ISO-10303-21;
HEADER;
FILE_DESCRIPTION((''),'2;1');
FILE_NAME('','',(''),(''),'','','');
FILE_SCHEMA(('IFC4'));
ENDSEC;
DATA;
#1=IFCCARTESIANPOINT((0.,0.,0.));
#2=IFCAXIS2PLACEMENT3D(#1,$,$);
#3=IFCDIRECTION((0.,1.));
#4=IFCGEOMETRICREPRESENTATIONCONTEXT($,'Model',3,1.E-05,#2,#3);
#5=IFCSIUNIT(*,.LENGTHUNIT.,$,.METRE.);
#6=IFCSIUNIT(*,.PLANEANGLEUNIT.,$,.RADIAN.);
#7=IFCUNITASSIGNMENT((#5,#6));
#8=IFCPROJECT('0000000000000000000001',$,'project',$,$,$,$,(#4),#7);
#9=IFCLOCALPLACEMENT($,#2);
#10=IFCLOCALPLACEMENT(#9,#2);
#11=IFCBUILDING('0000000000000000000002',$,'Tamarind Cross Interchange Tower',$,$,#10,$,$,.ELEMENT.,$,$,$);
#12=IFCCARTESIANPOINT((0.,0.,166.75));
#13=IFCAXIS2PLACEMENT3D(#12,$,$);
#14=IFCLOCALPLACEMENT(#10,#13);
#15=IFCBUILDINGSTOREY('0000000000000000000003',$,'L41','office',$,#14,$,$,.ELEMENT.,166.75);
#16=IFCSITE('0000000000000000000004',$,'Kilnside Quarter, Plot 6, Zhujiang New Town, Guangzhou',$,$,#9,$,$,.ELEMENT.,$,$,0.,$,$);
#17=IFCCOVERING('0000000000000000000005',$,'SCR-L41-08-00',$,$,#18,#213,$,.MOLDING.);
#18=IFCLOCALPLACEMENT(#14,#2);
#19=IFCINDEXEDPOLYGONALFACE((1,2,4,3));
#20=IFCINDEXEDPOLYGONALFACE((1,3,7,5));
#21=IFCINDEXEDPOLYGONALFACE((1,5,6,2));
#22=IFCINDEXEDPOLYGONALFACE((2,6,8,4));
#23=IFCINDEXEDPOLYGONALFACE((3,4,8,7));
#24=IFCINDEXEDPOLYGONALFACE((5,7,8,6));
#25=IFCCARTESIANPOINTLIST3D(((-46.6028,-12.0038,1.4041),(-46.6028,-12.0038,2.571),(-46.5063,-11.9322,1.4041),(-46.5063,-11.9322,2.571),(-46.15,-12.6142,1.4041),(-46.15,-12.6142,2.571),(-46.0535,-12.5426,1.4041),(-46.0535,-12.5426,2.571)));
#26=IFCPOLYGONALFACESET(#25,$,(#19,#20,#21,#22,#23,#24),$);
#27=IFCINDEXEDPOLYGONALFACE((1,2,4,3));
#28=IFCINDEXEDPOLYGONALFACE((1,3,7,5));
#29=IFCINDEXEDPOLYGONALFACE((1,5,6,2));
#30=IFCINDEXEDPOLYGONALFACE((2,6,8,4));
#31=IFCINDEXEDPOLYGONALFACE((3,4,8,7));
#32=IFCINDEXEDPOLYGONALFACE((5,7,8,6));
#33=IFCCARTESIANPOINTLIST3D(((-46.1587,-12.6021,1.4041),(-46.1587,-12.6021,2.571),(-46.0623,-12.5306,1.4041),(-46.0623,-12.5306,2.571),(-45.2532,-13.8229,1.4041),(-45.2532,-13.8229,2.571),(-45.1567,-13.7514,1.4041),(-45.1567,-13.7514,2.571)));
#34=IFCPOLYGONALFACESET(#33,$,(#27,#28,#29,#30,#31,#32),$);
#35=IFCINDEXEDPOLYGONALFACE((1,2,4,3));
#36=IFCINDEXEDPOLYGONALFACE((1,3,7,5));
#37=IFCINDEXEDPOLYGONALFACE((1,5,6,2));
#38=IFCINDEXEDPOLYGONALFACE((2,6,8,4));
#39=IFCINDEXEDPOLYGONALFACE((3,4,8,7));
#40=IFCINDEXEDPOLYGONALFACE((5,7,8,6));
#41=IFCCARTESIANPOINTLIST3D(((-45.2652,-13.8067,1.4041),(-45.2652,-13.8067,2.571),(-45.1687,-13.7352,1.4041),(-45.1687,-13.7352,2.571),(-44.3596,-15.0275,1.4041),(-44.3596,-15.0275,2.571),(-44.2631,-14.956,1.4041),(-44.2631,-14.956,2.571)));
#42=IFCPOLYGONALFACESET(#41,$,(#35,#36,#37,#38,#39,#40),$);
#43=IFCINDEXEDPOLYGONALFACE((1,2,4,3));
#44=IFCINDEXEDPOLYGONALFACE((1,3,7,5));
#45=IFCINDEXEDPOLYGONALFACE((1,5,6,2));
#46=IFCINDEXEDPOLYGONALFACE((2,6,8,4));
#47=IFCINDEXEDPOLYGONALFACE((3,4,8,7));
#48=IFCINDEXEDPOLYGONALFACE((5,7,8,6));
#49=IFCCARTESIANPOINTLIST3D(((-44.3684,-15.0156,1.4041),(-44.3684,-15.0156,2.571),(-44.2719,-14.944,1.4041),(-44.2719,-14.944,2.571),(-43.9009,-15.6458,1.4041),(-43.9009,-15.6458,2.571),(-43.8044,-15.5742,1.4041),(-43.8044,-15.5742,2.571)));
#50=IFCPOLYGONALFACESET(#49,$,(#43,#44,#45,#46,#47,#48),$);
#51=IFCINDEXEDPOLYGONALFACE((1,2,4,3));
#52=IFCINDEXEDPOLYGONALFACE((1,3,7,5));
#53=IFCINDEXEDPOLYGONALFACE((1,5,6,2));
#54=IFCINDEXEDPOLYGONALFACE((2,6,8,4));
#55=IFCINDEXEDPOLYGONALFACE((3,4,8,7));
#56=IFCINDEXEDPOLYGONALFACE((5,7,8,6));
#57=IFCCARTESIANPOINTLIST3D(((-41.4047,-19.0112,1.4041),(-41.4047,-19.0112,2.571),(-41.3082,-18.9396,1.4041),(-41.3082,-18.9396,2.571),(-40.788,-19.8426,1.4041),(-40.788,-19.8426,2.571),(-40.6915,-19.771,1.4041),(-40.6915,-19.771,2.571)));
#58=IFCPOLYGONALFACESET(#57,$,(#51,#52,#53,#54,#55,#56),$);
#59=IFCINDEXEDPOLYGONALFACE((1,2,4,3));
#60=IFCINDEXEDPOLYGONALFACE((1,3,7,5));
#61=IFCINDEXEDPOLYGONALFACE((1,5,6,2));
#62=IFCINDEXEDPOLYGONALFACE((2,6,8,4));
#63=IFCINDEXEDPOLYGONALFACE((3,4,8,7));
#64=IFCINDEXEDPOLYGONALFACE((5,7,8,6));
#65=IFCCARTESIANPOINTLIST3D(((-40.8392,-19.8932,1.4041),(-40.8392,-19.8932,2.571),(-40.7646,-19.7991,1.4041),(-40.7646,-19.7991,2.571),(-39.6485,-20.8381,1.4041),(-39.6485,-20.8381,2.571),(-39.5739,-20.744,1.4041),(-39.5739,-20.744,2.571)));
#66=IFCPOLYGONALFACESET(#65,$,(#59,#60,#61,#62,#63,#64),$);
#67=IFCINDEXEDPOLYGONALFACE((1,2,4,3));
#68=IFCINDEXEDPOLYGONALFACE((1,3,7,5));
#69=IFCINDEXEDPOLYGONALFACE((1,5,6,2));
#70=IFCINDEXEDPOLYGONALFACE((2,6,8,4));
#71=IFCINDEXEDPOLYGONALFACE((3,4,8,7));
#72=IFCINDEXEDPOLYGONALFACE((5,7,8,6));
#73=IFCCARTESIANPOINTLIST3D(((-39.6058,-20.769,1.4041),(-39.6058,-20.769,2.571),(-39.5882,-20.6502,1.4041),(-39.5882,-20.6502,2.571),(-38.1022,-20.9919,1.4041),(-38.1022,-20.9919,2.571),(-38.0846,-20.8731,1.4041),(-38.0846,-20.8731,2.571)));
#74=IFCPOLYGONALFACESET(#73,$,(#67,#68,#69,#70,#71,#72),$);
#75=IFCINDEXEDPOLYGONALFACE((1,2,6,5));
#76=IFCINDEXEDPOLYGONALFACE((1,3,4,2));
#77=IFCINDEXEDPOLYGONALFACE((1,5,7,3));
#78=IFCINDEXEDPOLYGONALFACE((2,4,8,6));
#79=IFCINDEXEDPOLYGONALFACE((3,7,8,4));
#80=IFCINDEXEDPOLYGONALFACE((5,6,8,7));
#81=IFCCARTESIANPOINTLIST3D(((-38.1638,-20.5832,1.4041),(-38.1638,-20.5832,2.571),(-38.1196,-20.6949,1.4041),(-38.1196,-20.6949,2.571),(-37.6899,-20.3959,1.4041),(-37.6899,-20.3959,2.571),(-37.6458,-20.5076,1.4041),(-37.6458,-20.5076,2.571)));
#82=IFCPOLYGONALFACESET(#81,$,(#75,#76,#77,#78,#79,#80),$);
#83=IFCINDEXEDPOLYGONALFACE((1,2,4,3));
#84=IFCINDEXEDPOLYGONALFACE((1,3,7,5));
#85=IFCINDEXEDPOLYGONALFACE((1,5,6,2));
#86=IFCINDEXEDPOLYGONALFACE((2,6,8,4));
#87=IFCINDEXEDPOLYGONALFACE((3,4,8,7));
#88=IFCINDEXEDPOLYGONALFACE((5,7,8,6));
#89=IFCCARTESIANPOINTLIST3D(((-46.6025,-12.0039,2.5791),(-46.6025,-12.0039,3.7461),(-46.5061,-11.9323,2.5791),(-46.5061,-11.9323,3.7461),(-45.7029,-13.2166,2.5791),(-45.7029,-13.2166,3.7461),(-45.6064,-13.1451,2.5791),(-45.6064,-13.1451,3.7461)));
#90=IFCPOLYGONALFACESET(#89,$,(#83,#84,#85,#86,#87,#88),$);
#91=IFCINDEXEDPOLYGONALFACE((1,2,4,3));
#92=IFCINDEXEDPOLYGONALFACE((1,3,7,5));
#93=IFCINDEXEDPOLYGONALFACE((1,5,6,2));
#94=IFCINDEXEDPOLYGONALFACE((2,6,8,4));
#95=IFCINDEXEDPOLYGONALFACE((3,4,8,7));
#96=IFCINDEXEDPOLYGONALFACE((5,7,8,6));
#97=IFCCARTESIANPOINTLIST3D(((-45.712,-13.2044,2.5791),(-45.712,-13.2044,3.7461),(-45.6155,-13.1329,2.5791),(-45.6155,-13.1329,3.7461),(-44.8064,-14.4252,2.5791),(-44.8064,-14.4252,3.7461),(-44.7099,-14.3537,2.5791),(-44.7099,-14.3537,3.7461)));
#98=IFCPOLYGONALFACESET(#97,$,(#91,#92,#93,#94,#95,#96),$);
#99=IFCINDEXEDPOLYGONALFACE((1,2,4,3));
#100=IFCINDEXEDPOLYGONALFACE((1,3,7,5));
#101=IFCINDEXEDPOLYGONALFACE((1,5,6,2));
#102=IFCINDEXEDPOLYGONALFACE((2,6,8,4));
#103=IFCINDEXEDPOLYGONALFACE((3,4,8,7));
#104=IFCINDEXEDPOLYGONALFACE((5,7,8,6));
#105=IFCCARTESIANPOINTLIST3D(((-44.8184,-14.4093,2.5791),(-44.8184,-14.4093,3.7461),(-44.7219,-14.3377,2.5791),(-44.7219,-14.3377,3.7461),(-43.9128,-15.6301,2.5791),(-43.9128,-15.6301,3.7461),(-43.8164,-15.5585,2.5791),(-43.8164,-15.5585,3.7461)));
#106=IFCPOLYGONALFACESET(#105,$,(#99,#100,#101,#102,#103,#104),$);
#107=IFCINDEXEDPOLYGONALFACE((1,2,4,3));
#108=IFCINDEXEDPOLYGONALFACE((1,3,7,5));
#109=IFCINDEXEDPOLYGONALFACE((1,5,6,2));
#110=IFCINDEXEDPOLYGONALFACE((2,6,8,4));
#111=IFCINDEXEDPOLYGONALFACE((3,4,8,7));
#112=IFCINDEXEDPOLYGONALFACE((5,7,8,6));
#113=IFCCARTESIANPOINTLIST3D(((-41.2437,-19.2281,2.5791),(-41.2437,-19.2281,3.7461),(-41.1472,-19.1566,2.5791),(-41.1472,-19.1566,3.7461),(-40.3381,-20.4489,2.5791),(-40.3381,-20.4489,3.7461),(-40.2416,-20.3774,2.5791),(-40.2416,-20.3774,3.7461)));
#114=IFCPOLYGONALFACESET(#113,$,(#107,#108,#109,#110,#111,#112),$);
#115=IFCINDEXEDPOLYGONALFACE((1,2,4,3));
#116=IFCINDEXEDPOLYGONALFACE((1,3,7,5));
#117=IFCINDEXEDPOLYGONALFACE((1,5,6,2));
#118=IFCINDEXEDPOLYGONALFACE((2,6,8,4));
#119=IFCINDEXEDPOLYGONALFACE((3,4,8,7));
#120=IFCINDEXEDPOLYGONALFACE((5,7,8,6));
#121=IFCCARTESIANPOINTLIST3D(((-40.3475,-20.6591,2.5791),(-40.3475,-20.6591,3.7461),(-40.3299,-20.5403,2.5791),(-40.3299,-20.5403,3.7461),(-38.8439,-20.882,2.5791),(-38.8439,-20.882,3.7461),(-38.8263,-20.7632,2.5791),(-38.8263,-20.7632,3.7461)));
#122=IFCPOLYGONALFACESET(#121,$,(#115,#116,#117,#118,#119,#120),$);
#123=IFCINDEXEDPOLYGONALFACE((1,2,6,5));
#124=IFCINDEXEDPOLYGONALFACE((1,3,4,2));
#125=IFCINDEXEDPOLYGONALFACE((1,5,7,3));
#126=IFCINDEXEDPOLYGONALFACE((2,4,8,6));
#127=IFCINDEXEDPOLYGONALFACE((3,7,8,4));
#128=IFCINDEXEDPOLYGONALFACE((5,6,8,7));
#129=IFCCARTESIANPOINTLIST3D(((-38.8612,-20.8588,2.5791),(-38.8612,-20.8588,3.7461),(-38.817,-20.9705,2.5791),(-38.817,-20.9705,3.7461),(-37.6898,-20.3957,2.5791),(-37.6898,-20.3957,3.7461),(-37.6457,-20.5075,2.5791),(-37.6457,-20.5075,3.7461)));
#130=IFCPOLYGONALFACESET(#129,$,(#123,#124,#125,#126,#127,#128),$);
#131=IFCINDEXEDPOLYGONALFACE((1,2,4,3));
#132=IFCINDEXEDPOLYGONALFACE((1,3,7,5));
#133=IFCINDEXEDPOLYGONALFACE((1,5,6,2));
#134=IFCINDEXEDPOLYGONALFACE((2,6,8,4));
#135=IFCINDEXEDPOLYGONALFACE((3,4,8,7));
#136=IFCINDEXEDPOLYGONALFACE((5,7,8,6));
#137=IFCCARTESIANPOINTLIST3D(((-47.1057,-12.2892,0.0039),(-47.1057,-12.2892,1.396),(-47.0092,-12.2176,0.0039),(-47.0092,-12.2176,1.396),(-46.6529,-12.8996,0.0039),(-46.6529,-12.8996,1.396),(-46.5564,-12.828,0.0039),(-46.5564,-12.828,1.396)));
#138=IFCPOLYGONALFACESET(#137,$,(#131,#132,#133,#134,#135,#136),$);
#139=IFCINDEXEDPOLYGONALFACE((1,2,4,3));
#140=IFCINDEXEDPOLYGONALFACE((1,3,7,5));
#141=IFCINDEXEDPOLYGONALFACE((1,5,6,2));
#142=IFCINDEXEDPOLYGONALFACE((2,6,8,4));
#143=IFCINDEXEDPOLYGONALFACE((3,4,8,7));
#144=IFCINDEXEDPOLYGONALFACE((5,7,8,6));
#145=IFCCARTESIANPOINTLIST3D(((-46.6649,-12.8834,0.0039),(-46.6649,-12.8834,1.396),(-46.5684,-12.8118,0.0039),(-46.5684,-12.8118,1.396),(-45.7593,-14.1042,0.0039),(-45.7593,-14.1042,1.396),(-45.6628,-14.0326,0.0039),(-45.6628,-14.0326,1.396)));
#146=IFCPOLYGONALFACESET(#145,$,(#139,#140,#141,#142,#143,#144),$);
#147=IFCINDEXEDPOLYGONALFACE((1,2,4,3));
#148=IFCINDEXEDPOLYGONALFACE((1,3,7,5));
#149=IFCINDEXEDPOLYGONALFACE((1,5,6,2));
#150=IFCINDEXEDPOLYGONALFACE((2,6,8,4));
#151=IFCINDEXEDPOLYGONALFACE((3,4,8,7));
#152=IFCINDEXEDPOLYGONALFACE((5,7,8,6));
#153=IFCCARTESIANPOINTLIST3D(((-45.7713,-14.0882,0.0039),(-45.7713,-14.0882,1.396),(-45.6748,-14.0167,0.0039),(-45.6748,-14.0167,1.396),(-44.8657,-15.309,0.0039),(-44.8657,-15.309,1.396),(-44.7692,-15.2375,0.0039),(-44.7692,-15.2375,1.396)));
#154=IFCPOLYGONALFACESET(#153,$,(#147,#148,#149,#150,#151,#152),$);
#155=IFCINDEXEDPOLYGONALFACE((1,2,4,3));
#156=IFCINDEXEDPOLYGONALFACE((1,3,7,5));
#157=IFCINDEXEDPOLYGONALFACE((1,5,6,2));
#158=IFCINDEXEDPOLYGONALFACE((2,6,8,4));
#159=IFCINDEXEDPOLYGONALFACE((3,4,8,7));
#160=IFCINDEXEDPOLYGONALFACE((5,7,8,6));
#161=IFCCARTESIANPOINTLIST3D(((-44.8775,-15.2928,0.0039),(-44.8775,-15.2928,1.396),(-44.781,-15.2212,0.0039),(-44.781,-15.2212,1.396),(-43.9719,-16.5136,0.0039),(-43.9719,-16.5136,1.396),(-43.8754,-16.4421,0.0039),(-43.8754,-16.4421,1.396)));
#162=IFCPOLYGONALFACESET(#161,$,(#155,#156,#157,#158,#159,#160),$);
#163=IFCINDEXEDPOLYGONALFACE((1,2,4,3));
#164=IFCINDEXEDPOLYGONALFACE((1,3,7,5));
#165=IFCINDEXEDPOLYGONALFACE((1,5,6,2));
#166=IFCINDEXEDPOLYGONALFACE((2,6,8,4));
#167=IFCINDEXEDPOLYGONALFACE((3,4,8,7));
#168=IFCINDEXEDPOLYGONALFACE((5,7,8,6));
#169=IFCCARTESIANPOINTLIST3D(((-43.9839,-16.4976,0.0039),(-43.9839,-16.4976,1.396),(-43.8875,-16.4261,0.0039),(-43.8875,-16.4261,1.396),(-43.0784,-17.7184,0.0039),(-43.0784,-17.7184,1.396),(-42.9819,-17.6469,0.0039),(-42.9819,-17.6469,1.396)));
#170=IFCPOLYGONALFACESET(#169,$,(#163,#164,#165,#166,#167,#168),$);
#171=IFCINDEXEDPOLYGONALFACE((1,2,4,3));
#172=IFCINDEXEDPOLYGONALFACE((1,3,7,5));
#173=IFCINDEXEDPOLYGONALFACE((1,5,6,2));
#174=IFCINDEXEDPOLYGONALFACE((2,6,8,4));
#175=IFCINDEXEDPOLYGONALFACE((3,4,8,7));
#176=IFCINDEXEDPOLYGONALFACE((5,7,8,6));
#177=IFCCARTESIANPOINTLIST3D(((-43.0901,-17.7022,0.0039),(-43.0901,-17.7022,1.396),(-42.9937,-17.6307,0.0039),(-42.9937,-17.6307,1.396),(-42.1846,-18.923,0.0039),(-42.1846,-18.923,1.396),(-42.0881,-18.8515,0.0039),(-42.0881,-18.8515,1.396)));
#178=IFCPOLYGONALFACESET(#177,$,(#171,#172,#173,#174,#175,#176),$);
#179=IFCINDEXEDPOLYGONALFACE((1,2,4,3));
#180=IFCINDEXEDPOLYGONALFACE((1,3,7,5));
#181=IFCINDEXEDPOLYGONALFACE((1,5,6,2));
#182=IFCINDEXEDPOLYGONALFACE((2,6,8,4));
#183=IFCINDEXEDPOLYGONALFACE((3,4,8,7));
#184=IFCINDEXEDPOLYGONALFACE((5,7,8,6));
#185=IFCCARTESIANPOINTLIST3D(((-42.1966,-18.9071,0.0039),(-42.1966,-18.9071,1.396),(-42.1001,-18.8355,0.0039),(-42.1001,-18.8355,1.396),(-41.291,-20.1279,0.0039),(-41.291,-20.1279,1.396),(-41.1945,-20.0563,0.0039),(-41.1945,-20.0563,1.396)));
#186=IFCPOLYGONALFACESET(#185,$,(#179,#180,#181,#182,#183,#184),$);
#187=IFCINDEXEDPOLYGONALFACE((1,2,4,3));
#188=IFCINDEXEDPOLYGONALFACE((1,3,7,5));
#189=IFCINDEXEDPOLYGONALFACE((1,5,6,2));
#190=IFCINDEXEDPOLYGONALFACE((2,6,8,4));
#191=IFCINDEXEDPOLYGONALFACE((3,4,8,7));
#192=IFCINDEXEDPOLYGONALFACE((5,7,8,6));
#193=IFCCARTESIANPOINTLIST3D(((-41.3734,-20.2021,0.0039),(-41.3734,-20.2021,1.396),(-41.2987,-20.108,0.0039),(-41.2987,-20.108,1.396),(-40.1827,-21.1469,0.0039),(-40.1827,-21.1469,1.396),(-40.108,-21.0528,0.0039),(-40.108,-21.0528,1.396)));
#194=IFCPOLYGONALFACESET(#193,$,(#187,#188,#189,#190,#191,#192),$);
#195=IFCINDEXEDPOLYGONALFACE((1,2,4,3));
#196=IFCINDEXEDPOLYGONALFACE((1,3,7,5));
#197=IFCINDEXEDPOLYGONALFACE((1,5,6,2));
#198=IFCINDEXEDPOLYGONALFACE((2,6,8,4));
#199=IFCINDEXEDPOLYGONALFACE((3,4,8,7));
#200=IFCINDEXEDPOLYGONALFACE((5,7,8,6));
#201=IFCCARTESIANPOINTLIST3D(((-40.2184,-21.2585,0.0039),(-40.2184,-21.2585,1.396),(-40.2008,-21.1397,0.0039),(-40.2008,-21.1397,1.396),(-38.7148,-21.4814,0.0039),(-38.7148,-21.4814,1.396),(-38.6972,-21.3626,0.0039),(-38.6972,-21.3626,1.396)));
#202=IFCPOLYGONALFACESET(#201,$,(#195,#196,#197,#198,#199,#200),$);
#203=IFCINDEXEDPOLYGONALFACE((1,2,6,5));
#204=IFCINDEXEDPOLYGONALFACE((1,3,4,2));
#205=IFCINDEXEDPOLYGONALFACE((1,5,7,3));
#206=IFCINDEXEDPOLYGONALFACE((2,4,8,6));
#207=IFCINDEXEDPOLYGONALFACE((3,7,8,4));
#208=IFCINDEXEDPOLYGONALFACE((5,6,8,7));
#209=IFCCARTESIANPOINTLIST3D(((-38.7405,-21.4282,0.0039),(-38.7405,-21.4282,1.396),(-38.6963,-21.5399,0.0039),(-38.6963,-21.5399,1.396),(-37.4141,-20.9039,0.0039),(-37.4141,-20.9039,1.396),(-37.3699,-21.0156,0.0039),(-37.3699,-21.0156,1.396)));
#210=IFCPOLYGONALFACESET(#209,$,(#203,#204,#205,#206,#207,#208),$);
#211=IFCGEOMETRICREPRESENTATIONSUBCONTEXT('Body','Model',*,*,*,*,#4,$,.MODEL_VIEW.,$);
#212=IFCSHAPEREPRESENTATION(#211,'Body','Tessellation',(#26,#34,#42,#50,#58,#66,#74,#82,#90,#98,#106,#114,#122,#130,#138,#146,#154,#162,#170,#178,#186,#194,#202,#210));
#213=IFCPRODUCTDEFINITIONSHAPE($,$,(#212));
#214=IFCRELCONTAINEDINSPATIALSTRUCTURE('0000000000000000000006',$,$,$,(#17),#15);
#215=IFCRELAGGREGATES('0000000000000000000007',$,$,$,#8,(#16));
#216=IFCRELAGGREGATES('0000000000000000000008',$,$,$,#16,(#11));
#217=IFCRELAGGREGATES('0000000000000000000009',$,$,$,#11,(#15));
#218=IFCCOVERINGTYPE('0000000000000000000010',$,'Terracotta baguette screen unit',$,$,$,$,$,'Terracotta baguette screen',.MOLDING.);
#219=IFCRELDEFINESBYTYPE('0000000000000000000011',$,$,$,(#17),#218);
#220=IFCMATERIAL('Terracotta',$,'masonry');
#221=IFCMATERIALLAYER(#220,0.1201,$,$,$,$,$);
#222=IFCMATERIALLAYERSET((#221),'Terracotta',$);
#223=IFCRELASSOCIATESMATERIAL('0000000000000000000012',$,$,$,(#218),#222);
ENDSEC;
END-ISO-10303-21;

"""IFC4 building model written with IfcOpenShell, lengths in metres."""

from ifc_helpers import new_model, si_unit, direction, frame, origin, origin_2d, place, context, subcontext, project, spatial, rectangle, extrude, material, layer, layer_set, type_object, element, save


model = new_model("IFC4")

# Units and contexts
model_context = context("Model", 3, precision=1e-05, world=origin(), true_north=direction((0.0, 1.0)))
body_context = subcontext(model_context, "Body", "Model", "MODEL_VIEW")
ifc_project = project(units=[si_unit("LENGTHUNIT", "METRE"), si_unit("PLANEANGLEUNIT", "RADIAN")], contexts=[model_context])

# Site, building, storey
site_placement = place(None, origin())
site = spatial("IfcSite", under=ifc_project, at=site_placement, Name="Kilnside Quarter, Plot 6, Zhujiang New Town, Guangzhou", CompositionType="ELEMENT", RefElevation=0.0)
building_placement = place(site_placement, origin())
building = spatial("IfcBuilding", under=site, at=building_placement, Name="Tamarind Cross Interchange Tower", CompositionType="ELEMENT")
storey_placement = place(building_placement, frame((0.0, 0.0, 166.75)))
storey = spatial("IfcBuildingStorey", under=building, at=storey_placement, Name="L41", Description="office", CompositionType="ELEMENT", Elevation=166.75)

# Covering
ifc_material_1 = material(Name="Terracotta", Category="masonry")
ifc_layer_1 = layer(ifc_material_1, 0.1201)
ifc_layer_set_1 = layer_set([ifc_layer_1], Name="Terracotta")
covering_type = type_object("IfcCoveringType", Name="Terracotta baguette screen unit", ElementType="Terracotta baguette screen", PredefinedType="MOLDING", material=ifc_layer_set_1)
covering_1_placement = place(storey_placement, origin())
element("IfcCovering", 1, at=covering_1_placement, inside=storey, type_object=covering_type, Name="SCR-L41-08-00", PredefinedType="MOLDING", context=body_context, shape_type="SweptSolid", body=[
    extrude(rectangle(XDim=0.76, YDim=0.1201, at=origin_2d()), frame((-46.3281, -12.2732, 1.4041), z_axis=(0.0, 0.0, 1.0), x_axis=(0.595776, -0.80315, 0.0)), (0.0, 0.0, 1.0), 1.167),
    extrude(rectangle(XDim=1.52, YDim=0.1201, at=origin_2d()), frame((-45.6577, -13.1768, 1.4041), z_axis=(0.0, 0.0, 1.0), x_axis=(0.595776, -0.80315, 0.0)), (0.0, 0.0, 1.0), 1.167),
    extrude(rectangle(XDim=1.52, YDim=0.1201, at=origin_2d()), frame((-44.7642, -14.3813, 1.4041), z_axis=(0.0, 0.0, 1.0), x_axis=(0.595776, -0.80315, 0.0)), (0.0, 0.0, 1.0), 1.167),
    extrude(rectangle(XDim=0.7847, YDim=0.1201, at=origin_2d()), frame((-44.0864, -15.2949, 1.4041), z_axis=(0.0, 0.0, 1.0), x_axis=(0.595776, -0.80315, 0.0)), (0.0, 0.0, 1.0), 1.167),
    extrude(rectangle(XDim=1.0352, YDim=0.1201, at=origin_2d()), frame((-41.0481, -19.3911, 1.4041), z_axis=(0.0, 0.0, 1.0), x_axis=(0.595776, -0.80315, 0.0)), (0.0, 0.0, 1.0), 1.167),
    extrude(rectangle(XDim=1.52, YDim=0.1201, at=origin_2d()), frame((-40.2065, -20.3186, 1.4041), z_axis=(0.0, 0.0, 1.0), x_axis=(0.783346, -0.621585, 0.0)), (0.0, 0.0, 1.0), 1.167),
    extrude(rectangle(XDim=1.52, YDim=0.1201, at=origin_2d()), frame((-38.8452, -20.821, 1.4041), z_axis=(0.0, 0.0, 1.0), x_axis=(0.989191, -0.146636, 0.0)), (0.0, 0.0, 1.0), 1.167),
    extrude(rectangle(XDim=0.5095, YDim=0.1201, at=origin_2d()), frame((-37.9048, -20.5454, 1.4041), z_axis=(0.0, 0.0, 1.0), x_axis=(0.929982, 0.367605, 0.0)), (0.0, 0.0, 1.0), 1.167),
    extrude(rectangle(XDim=1.51, YDim=0.1201, at=origin_2d()), frame((-46.1045, -12.5745, 2.5791), z_axis=(0.0, 0.0, 1.0), x_axis=(0.595776, -0.80315, 0.0)), (0.0, 0.0, 1.0), 1.167),
    extrude(rectangle(XDim=1.52, YDim=0.1201, at=origin_2d()), frame((-45.2109, -13.7791, 2.5791), z_axis=(0.0, 0.0, 1.0), x_axis=(0.595776, -0.80315, 0.0)), (0.0, 0.0, 1.0), 1.167),
    extrude(rectangle(XDim=1.52, YDim=0.1201, at=origin_2d()), frame((-44.3174, -14.9839, 2.5791), z_axis=(0.0, 0.0, 1.0), x_axis=(0.595776, -0.80315, 0.0)), (0.0, 0.0, 1.0), 1.167),
    extrude(rectangle(XDim=1.52, YDim=0.1201, at=origin_2d()), frame((-40.7427, -19.8027, 2.5791), z_axis=(0.0, 0.0, 1.0), x_axis=(0.595776, -0.80315, 0.0)), (0.0, 0.0, 1.0), 1.167),
    extrude(rectangle(XDim=1.52, YDim=0.1201, at=origin_2d()), frame((-39.5869, -20.7112, 2.5791), z_axis=(0.0, 0.0, 1.0), x_axis=(0.989191, -0.146636, 0.0)), (0.0, 0.0, 1.0), 1.167),
    extrude(rectangle(XDim=1.2595, YDim=0.1201, at=origin_2d()), frame((-38.2534, -20.6831, 2.5791), z_axis=(0.0, 0.0, 1.0), x_axis=(0.929982, 0.367605, 0.0)), (0.0, 0.0, 1.0), 1.167),
    extrude(rectangle(XDim=0.76, YDim=0.1201, at=origin_2d()), frame((-46.8311, -12.5586, 0.0039), z_axis=(0.0, 0.0, 1.0), x_axis=(0.595776, -0.80315, 0.0)), (0.0, 0.0, 1.0), 1.3921),
    extrude(rectangle(XDim=1.52, YDim=0.1201, at=origin_2d()), frame((-46.1638, -13.458, 0.0039), z_axis=(0.0, 0.0, 1.0), x_axis=(0.595776, -0.80315, 0.0)), (0.0, 0.0, 1.0), 1.3921),
    extrude(rectangle(XDim=1.52, YDim=0.1201, at=origin_2d()), frame((-45.2703, -14.6628, 0.0039), z_axis=(0.0, 0.0, 1.0), x_axis=(0.595776, -0.80315, 0.0)), (0.0, 0.0, 1.0), 1.3921),
    extrude(rectangle(XDim=1.52, YDim=0.1201, at=origin_2d()), frame((-44.3765, -15.8674, 0.0039), z_axis=(0.0, 0.0, 1.0), x_axis=(0.595776, -0.80315, 0.0)), (0.0, 0.0, 1.0), 1.3921),
    extrude(rectangle(XDim=1.52, YDim=0.1201, at=origin_2d()), frame((-43.4829, -17.0723, 0.0039), z_axis=(0.0, 0.0, 1.0), x_axis=(0.595776, -0.80315, 0.0)), (0.0, 0.0, 1.0), 1.3921),
    extrude(rectangle(XDim=1.52, YDim=0.1201, at=origin_2d()), frame((-42.5891, -18.2769, 0.0039), z_axis=(0.0, 0.0, 1.0), x_axis=(0.595776, -0.80315, 0.0)), (0.0, 0.0, 1.0), 1.3921),
    extrude(rectangle(XDim=1.52, YDim=0.1201, at=origin_2d()), frame((-41.6956, -19.4817, 0.0039), z_axis=(0.0, 0.0, 1.0), x_axis=(0.595776, -0.80315, 0.0)), (0.0, 0.0, 1.0), 1.3921),
    extrude(rectangle(XDim=1.52, YDim=0.1201, at=origin_2d()), frame((-40.7407, -20.6274, 0.0039), z_axis=(0.0, 0.0, 1.0), x_axis=(0.783346, -0.621585, 0.0)), (0.0, 0.0, 1.0), 1.3921),
    extrude(rectangle(XDim=1.52, YDim=0.1201, at=origin_2d()), frame((-39.4578, -21.3105, 0.0039), z_axis=(0.0, 0.0, 1.0), x_axis=(0.989191, -0.146636, 0.0)), (0.0, 0.0, 1.0), 1.3921),
    extrude(rectangle(XDim=1.4263, YDim=0.1201, at=origin_2d()), frame((-38.0552, -21.2219, 0.0039), z_axis=(0.0, 0.0, 1.0), x_axis=(0.929982, 0.367605, 0.0)), (0.0, 0.0, 1.0), 1.3921),
])

save(model, "model.ifc")
